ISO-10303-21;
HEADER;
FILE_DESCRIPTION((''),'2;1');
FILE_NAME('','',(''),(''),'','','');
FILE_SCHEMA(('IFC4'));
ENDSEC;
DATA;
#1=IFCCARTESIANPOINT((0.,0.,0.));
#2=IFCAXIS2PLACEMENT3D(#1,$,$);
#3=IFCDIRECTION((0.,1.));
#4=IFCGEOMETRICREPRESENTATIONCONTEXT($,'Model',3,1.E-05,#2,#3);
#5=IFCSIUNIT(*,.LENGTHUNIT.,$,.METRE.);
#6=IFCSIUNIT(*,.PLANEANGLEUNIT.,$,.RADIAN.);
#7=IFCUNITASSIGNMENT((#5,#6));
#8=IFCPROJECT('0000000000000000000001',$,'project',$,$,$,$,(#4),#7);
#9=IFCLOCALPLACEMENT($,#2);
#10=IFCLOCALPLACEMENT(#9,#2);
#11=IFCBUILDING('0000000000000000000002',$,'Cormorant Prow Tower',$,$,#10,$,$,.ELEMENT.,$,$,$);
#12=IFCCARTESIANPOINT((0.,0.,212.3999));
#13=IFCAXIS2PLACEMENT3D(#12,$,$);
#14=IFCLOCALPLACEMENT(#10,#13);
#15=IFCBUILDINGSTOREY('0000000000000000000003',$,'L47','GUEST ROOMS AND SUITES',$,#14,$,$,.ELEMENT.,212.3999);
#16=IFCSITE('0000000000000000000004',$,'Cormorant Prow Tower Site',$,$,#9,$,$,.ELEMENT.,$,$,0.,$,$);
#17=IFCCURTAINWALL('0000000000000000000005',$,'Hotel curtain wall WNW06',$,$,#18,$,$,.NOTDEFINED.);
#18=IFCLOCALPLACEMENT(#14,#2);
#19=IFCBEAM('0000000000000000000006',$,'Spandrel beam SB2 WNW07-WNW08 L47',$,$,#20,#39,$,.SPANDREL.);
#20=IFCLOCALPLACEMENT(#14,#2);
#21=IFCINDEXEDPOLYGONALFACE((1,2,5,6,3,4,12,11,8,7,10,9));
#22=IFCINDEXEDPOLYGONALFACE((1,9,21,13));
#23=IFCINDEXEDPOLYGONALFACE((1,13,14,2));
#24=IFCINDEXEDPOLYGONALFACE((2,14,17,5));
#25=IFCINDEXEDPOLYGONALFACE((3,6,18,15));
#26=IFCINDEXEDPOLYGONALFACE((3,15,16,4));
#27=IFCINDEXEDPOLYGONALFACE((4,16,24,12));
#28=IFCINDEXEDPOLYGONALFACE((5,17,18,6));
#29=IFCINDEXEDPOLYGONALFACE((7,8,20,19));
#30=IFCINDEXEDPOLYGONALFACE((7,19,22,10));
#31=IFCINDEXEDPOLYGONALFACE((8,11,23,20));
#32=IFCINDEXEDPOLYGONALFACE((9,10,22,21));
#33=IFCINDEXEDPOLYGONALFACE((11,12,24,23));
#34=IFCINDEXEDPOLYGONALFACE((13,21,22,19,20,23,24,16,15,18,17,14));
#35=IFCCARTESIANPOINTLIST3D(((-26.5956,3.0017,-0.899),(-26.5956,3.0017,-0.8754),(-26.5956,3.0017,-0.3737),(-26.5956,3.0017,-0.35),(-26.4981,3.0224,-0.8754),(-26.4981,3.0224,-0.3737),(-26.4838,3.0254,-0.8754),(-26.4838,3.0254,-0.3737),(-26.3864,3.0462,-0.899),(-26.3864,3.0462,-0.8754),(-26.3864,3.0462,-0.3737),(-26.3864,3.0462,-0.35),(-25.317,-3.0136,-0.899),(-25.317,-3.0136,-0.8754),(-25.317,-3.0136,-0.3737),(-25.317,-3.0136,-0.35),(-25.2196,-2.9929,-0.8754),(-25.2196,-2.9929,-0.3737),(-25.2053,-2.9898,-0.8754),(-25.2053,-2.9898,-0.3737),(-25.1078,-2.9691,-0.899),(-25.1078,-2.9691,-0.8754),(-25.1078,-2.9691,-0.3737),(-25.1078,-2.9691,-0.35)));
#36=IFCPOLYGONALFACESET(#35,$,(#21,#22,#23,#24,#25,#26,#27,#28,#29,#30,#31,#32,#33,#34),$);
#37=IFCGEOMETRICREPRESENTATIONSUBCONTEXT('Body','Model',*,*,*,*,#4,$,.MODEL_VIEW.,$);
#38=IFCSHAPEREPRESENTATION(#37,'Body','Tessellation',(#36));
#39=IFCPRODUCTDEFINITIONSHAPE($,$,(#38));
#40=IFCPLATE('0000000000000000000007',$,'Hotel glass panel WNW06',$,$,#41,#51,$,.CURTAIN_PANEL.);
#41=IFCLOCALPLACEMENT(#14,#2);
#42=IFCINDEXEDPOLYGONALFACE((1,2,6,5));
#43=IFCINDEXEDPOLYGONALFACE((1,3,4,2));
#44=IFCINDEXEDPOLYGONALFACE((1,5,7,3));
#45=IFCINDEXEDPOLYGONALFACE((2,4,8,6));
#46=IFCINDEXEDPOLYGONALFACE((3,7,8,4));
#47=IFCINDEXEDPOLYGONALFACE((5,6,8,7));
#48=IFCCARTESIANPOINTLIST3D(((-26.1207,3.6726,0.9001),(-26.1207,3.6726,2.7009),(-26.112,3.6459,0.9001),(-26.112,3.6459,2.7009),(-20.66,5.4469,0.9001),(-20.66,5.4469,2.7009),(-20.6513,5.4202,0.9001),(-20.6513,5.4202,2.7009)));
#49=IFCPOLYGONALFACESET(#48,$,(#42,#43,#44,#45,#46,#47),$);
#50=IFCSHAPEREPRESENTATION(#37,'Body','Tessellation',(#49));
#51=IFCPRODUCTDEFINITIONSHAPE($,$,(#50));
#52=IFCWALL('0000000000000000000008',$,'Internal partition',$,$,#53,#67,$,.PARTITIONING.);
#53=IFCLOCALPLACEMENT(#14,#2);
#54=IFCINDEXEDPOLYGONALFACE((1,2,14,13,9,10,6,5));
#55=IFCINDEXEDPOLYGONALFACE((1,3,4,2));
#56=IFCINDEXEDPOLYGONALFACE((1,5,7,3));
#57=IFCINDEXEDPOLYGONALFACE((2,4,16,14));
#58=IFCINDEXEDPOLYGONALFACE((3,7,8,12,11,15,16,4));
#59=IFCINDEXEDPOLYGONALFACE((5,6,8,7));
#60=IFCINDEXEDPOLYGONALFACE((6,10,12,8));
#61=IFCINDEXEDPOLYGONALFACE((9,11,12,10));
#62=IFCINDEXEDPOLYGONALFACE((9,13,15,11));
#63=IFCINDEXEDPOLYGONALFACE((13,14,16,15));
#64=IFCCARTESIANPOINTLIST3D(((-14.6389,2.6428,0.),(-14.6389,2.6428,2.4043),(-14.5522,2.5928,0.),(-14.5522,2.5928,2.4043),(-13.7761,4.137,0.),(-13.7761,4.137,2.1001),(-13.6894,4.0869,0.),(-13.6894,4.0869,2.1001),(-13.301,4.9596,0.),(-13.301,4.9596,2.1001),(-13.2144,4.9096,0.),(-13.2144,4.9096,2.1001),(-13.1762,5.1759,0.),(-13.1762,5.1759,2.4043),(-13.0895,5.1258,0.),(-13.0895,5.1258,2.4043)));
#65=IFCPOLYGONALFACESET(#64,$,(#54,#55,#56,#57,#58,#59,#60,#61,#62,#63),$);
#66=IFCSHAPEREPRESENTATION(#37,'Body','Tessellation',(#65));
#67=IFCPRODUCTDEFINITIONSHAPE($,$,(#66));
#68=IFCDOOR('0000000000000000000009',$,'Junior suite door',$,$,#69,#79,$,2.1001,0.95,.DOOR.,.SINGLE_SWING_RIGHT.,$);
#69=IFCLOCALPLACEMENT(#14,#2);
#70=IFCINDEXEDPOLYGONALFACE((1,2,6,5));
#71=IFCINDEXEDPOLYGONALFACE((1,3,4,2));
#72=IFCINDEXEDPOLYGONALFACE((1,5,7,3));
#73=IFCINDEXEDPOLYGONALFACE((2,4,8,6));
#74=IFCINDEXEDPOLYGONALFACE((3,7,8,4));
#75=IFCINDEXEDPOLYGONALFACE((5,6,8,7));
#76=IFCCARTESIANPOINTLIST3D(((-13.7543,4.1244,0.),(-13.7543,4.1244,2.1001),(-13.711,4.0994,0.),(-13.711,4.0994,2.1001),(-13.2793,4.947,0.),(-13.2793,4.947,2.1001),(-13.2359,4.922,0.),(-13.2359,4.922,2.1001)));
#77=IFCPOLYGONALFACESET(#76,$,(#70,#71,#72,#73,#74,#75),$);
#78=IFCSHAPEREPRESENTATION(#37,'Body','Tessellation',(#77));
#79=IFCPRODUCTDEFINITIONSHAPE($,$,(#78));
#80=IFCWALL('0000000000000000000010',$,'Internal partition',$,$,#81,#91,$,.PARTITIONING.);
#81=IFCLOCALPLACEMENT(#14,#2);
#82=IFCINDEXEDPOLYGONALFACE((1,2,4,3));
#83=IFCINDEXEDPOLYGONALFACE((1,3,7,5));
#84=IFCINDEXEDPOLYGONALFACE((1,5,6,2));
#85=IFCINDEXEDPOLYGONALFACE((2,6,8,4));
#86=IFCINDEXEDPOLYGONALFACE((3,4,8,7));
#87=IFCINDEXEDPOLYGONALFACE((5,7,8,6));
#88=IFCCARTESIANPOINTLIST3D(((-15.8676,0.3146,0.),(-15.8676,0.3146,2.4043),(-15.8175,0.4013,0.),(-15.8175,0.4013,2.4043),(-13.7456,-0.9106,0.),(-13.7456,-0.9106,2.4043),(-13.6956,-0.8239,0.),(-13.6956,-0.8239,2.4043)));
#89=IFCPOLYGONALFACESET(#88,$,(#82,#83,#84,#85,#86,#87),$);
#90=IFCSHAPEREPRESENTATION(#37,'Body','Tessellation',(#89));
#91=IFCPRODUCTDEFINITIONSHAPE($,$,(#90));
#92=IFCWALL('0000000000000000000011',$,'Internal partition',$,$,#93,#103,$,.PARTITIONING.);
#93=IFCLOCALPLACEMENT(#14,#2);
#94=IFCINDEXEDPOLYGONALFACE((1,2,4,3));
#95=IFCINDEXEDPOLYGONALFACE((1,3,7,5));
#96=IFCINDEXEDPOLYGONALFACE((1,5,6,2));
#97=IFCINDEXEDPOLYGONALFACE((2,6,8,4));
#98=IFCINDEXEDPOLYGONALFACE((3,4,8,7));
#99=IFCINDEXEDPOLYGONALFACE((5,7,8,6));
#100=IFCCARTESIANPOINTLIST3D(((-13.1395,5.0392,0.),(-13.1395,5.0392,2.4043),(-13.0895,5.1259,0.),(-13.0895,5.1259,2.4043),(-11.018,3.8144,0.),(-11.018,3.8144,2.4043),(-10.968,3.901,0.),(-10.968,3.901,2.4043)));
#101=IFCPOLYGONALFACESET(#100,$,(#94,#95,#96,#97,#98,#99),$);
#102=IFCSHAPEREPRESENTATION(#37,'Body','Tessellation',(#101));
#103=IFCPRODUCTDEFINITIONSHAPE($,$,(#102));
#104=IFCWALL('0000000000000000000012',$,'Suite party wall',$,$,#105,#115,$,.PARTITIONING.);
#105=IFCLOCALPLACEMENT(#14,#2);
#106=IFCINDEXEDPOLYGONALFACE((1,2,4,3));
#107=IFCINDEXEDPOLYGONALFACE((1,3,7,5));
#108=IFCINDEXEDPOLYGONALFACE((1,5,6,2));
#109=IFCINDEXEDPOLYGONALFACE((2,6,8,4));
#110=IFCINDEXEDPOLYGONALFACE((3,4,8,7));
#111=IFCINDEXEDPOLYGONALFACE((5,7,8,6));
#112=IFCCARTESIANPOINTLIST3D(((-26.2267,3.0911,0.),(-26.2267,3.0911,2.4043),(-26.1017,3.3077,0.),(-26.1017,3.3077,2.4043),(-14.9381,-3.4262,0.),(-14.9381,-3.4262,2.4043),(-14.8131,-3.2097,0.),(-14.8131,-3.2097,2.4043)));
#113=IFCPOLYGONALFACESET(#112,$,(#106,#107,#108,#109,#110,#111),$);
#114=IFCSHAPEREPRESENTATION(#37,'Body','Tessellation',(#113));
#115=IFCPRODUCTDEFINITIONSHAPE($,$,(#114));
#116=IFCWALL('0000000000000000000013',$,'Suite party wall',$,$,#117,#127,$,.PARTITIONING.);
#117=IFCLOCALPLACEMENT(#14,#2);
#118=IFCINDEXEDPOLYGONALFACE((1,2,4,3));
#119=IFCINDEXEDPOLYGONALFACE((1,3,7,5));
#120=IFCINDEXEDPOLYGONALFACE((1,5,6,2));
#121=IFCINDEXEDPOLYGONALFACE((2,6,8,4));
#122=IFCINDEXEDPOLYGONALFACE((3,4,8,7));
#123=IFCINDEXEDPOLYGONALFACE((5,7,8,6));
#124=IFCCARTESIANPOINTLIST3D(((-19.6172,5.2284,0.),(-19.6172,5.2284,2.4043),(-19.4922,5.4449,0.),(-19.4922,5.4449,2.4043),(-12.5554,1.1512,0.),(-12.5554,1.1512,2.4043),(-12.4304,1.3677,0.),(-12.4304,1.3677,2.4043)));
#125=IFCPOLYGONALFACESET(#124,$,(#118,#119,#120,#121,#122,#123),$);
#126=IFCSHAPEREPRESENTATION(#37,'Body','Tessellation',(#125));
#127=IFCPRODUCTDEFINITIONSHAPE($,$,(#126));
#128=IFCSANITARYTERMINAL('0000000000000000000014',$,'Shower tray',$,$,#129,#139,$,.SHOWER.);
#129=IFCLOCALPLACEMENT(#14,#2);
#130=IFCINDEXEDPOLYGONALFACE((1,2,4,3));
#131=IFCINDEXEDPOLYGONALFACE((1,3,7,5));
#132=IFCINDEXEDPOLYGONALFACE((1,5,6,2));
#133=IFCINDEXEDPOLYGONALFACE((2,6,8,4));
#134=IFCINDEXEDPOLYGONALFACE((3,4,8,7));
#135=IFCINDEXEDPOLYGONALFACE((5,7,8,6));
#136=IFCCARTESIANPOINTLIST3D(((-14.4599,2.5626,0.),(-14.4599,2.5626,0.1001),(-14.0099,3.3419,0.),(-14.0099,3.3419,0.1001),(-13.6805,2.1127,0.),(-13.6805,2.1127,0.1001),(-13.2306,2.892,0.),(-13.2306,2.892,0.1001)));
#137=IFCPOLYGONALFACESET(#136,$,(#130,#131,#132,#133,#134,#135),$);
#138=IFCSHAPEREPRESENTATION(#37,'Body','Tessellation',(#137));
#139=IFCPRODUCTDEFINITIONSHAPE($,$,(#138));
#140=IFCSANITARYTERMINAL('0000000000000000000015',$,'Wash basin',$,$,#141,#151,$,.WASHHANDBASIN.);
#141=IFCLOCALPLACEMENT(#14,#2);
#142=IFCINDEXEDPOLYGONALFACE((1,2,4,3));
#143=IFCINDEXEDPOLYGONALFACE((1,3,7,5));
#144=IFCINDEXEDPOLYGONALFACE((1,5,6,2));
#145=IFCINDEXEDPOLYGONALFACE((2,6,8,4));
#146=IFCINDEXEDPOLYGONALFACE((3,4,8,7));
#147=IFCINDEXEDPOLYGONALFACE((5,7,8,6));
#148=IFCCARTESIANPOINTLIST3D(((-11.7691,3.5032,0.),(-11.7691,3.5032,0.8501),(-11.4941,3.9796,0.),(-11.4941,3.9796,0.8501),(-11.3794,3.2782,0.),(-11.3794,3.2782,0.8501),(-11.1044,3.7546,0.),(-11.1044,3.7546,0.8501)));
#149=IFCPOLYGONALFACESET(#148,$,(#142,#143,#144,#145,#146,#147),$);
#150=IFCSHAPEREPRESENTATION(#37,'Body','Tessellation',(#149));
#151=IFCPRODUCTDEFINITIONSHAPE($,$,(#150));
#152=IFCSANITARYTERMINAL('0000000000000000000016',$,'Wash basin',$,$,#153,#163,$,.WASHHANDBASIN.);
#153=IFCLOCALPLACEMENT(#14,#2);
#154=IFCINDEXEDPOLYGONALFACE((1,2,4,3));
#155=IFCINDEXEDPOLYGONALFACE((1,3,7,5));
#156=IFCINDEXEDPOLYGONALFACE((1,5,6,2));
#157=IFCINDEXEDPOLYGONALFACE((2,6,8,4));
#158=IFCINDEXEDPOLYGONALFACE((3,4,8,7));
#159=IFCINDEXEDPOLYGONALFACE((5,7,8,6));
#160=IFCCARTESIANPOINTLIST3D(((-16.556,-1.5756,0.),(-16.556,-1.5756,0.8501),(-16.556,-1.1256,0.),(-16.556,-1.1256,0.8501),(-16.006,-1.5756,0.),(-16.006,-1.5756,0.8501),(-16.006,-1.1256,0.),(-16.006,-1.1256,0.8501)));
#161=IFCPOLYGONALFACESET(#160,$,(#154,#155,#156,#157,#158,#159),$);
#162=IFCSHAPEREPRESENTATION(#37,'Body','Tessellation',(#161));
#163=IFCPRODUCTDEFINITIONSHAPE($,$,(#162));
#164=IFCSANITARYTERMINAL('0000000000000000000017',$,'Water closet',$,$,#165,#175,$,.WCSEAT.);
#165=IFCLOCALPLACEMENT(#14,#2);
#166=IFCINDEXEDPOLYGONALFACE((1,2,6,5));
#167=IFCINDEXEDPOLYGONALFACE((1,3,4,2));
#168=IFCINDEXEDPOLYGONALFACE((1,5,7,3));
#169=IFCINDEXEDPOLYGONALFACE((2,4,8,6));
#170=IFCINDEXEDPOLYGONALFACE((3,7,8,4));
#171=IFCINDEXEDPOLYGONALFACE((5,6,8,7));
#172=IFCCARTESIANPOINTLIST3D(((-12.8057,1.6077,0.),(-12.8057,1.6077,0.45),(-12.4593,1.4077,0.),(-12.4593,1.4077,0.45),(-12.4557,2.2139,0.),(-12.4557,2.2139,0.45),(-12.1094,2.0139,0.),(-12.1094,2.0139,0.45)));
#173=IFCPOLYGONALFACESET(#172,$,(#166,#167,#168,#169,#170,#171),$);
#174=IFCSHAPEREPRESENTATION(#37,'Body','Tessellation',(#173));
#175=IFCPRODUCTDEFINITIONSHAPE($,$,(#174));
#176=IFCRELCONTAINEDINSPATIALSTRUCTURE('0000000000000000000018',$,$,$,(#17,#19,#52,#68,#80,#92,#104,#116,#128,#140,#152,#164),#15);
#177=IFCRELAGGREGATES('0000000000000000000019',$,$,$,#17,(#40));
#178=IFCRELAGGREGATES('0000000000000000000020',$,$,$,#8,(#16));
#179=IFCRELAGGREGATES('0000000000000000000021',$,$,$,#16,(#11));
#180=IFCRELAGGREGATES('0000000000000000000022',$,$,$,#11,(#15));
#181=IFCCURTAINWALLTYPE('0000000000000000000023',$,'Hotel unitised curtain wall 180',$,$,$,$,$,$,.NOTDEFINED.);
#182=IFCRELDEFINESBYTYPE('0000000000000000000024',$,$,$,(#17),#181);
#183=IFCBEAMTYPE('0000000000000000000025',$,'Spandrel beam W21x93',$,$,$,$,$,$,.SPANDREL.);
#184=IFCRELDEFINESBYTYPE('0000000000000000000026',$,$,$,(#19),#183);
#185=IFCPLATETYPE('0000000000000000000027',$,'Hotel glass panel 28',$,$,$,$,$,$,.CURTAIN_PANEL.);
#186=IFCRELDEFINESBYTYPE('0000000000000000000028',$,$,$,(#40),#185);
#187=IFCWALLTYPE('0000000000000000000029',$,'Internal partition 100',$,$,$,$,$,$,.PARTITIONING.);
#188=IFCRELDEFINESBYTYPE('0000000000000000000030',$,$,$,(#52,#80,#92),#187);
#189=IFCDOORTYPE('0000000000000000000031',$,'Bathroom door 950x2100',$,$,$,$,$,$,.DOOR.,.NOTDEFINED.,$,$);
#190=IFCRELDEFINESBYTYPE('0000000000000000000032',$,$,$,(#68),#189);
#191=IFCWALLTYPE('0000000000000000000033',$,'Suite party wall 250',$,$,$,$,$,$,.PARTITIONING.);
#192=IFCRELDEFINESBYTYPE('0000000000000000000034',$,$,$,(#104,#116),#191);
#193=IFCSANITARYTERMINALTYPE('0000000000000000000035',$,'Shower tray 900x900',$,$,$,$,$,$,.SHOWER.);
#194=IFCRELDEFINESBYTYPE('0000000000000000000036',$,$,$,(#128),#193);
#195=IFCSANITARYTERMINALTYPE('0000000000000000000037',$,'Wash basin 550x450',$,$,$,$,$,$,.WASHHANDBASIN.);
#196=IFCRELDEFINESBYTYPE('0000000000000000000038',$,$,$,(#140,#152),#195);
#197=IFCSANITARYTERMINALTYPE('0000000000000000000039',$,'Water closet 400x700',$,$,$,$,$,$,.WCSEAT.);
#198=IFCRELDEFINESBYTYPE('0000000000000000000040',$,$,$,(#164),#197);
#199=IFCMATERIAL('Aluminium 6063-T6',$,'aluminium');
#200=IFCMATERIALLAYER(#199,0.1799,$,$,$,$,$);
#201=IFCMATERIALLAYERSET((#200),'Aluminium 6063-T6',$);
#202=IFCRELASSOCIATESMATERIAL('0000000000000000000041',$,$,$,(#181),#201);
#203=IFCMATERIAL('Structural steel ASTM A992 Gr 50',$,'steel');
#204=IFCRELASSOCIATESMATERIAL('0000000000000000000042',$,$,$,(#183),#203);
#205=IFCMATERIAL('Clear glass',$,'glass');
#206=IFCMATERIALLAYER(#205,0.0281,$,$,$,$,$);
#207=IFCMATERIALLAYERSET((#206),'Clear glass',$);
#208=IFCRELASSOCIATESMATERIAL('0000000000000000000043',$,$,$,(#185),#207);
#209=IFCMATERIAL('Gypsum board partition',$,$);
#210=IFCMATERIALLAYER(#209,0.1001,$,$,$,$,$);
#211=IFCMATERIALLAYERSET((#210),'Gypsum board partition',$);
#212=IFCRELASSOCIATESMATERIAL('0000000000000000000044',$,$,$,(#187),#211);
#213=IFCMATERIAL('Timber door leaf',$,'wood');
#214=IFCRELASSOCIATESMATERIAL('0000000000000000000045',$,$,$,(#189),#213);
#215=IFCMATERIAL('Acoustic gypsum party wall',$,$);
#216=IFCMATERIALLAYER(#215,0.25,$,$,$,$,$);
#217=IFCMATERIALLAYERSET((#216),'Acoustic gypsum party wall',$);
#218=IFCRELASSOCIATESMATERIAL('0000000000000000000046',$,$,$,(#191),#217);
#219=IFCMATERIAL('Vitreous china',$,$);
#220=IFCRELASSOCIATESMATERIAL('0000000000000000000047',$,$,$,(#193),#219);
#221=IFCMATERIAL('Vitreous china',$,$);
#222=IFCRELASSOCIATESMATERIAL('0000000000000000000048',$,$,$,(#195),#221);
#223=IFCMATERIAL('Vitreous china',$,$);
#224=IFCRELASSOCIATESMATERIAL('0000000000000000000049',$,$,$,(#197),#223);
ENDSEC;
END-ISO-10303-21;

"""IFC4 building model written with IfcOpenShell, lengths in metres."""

from ifc_helpers import new_model, si_unit, direction, frame, frame_2d, origin, origin_2d, place, context, subcontext, project, spatial, rectangle, i_section, extrude, material, layer, layer_set, material_profile, profile_set, type_object, element, fill, aggregate, save


model = new_model("IFC4")

# Units and contexts
model_context = context("Model", 3, precision=1e-05, world=origin(), true_north=direction((0.0, 1.0)))
body_context = subcontext(model_context, "Body", "Model", "MODEL_VIEW")
ifc_project = project(units=[si_unit("LENGTHUNIT", "METRE"), si_unit("PLANEANGLEUNIT", "RADIAN")], contexts=[model_context])

# Site, building, storey
site_placement = place(None, origin())
site = spatial("IfcSite", under=ifc_project, at=site_placement, Name="Cormorant Prow Tower Site", CompositionType="ELEMENT", RefElevation=0.0)
building_placement = place(site_placement, origin())
building = spatial("IfcBuilding", under=site, at=building_placement, Name="Cormorant Prow Tower", CompositionType="ELEMENT")
storey_placement = place(building_placement, frame((0.0, 0.0, 212.3999)))
storey = spatial("IfcBuildingStorey", under=building, at=storey_placement, Name="L47", Description="GUEST ROOMS AND SUITES", CompositionType="ELEMENT", Elevation=212.3999)

# Curtain wall
ifc_material_1 = material(Name="Aluminium 6063-T6", Category="aluminium")
ifc_layer_1 = layer(ifc_material_1, 0.1799)
ifc_layer_set_1 = layer_set([ifc_layer_1], Name="Aluminium 6063-T6")
curtain_wall_type = type_object("IfcCurtainWallType", Name="Hotel unitised curtain wall 180", PredefinedType="NOTDEFINED", material=ifc_layer_set_1)
curtain_wall_placement = place(storey_placement, origin())
curtain_wall = element("IfcCurtainWall", 1, at=curtain_wall_placement, inside=storey, type_object=curtain_wall_type, Name="Hotel curtain wall WNW06", PredefinedType="NOTDEFINED")

# Beam
ifc_material_2 = material(Name="Structural steel ASTM A992 Gr 50", Category="steel")
ifc_material_profile_1 = material_profile(ifc_material_2, i_section(OverallWidth=0.2139, OverallDepth=0.5491, WebThickness=0.0146, FlangeThickness=0.0237, at=origin_2d()), Name="W21x93")
ifc_profile_set_1 = profile_set([ifc_material_profile_1], Name="Structural steel ASTM A992 Gr 50")
beam_type_1 = type_object("IfcBeamType", Name="Spandrel beam W21x93", PredefinedType="SPANDREL", material=ifc_profile_set_1)
beam_1_placement = place(storey_placement, frame((-26.491, 3.0239, -0.6245), z_axis=(0.207905, -0.978149, 0.0), x_axis=(0.978149, 0.207905, 0.0)))
element("IfcBeam", 2, at=beam_1_placement, inside=storey, type_object=beam_type_1, Name="Spandrel beam SB2 WNW07-WNW08 L47", PredefinedType="SPANDREL", context=body_context, shape_type="SweptSolid", body=[
    extrude(i_section(OverallWidth=0.2139, OverallDepth=0.5491, WebThickness=0.0146, FlangeThickness=0.0237, at=origin_2d()), origin(), (0.0, 0.0, 1.0), 6.1497),
])

# Plate
ifc_material_3 = material(Name="Clear glass", Category="glass")
ifc_layer_2 = layer(ifc_material_3, 0.0281)
ifc_layer_set_2 = layer_set([ifc_layer_2], Name="Clear glass")
plate_type = type_object("IfcPlateType", Name="Hotel glass panel 28", PredefinedType="CURTAIN_PANEL", material=ifc_layer_set_2)
plate_placement = place(storey_placement, frame((-23.386, 4.5464, 0.9001), z_axis=(0.0, 0.0, 1.0), x_axis=(-0.951057, -0.309017, 0.0)))
plate = element("IfcPlate", 3, at=plate_placement, type_object=plate_type, Name="Hotel glass panel WNW06", PredefinedType="CURTAIN_PANEL", context=body_context, shape_type="SweptSolid", body=[
    extrude(rectangle(XDim=5.7417, YDim=0.0281, at=origin_2d()), origin(), (0.0, 0.0, 1.0), 1.8008),
])
aggregate(curtain_wall, [plate])

# Wall, opening, door
ifc_material_4 = material(Name="Gypsum board partition")
ifc_layer_3 = layer(ifc_material_4, 0.1001)
ifc_layer_set_3 = layer_set([ifc_layer_3], Name="Gypsum board partition")
wall_type_1 = type_object("IfcWallType", Name="Internal partition 100", PredefinedType="PARTITIONING", material=ifc_layer_set_3)
wall_1_placement = place(storey_placement, frame((-14.5955, 2.6179, 0.0), z_axis=(0.0, 0.0, 1.0), x_axis=(0.500062, 0.86599, 0.0)))
wall_1 = element("IfcWall", 4, at=wall_1_placement, inside=storey, type_object=wall_type_1, Name="Internal partition", PredefinedType="PARTITIONING", context=body_context, shape_type="SweptSolid", body=[
    extrude(rectangle(XDim=2.925, YDim=0.1001, at=frame_2d((1.4624, 0.0))), origin(), (0.0, 0.0, 1.0), 2.4043),
])
opening_1_placement = place(wall_1_placement, frame((1.7251, 0.0, 0.0)))
opening_1 = element("IfcOpeningElement", 5, at=opening_1_placement, cuts=wall_1, PredefinedType="OPENING", context=body_context, shape_type="SweptSolid", body=[
    extrude(rectangle(XDim=0.95, YDim=2.1001, at=frame_2d((0.4751, 1.05))), frame((0.0, 0.0601, 0.0), z_axis=(0.0, -1.0, 0.0), x_axis=(1.0, 0.0, 0.0)), (0.0, 0.0, 1.0), 0.1201),
])
ifc_material_5 = material(Name="Timber door leaf", Category="wood")
door_type_1 = type_object("IfcDoorType", Name="Bathroom door 950x2100", OperationType="NOTDEFINED", PredefinedType="DOOR", material=ifc_material_5)
door_1_placement = place(opening_1_placement, origin())
door_1 = element("IfcDoor", 6, at=door_1_placement, inside=storey, type_object=door_type_1, Name="Junior suite door", OperationType="SINGLE_SWING_RIGHT", OverallHeight=2.1001, OverallWidth=0.95, PredefinedType="DOOR", context=body_context, shape_type="SweptSolid", body=[
    extrude(rectangle(XDim=0.95, YDim=2.1001, at=frame_2d((0.4751, 1.05))), frame((0.0, 0.0249, 0.0), z_axis=(0.0, -1.0, 0.0), x_axis=(1.0, 0.0, 0.0)), (0.0, 0.0, 1.0), 0.05),
])
fill(opening_1, door_1)

# Walls
wall_2_placement = place(storey_placement, frame((-15.8425, 0.3579, 0.0), z_axis=(0.0, 0.0, 1.0), x_axis=(0.866015, -0.500019, 0.0)))
element("IfcWall", 7, at=wall_2_placement, inside=storey, type_object=wall_type_1, Name="Internal partition", PredefinedType="PARTITIONING", context=body_context, shape_type="SweptSolid", body=[
    extrude(rectangle(XDim=2.4502, YDim=0.1001, at=frame_2d((1.2251, 0.0))), origin(), (0.0, 0.0, 1.0), 2.4043),
])
wall_3_placement = place(storey_placement, frame((-13.1145, 5.0825, 0.0), z_axis=(0.0, 0.0, 1.0), x_axis=(0.866033, -0.499987, 0.0)))
element("IfcWall", 8, at=wall_3_placement, inside=storey, type_object=wall_type_1, Name="Internal partition", PredefinedType="PARTITIONING", context=body_context, shape_type="SweptSolid", body=[
    extrude(rectangle(XDim=2.4497, YDim=0.1001, at=frame_2d((1.2249, 0.0))), origin(), (0.0, 0.0, 1.0), 2.4043),
])
ifc_material_6 = material(Name="Acoustic gypsum party wall")
ifc_layer_4 = layer(ifc_material_6, 0.25)
ifc_layer_set_4 = layer_set([ifc_layer_4], Name="Acoustic gypsum party wall")
wall_type_2 = type_object("IfcWallType", Name="Suite party wall 250", PredefinedType="PARTITIONING", material=ifc_layer_set_4)
wall_4_placement = place(storey_placement, frame((-26.1643, 3.1995, 0.0), z_axis=(0.0, 0.0, 1.0), x_axis=(0.86603, -0.499993, 0.0)))
element("IfcWall", 9, at=wall_4_placement, inside=storey, type_object=wall_type_2, Name="Suite party wall", PredefinedType="PARTITIONING", context=body_context, shape_type="SweptSolid", body=[
    extrude(rectangle(XDim=13.0349, YDim=0.25, at=frame_2d((6.5176, 0.0))), origin(), (0.0, 0.0, 1.0), 2.4043),
])
wall_5_placement = place(storey_placement, frame((-19.5547, 5.3367, 0.0), z_axis=(0.0, 0.0, 1.0), x_axis=(0.866024, -0.500003, 0.0)))
element("IfcWall", 10, at=wall_5_placement, inside=storey, type_object=wall_type_2, Name="Suite party wall", PredefinedType="PARTITIONING", context=body_context, shape_type="SweptSolid", body=[
    extrude(rectangle(XDim=8.1543, YDim=0.25, at=frame_2d((4.0771, 0.0))), origin(), (0.0, 0.0, 1.0), 2.4043),
])

# Sanitary terminals
ifc_material_7 = material(Name="Vitreous china")
sanitary_terminal_type_1 = type_object("IfcSanitaryTerminalType", Name="Shower tray 900x900", PredefinedType="SHOWER", material=ifc_material_7)
sanitary_terminal_1_placement = place(storey_placement, frame((-13.8452, 2.7273, 0.0), z_axis=(0.0, 0.0, 1.0), x_axis=(0.5, 0.866025, 0.0)))
element("IfcSanitaryTerminal", 11, at=sanitary_terminal_1_placement, inside=storey, type_object=sanitary_terminal_type_1, Name="Shower tray", PredefinedType="SHOWER", context=body_context, shape_type="SweptSolid", body=[
    extrude(rectangle(XDim=0.8999, YDim=0.8999, at=origin_2d()), origin(), (0.0, 0.0, 1.0), 0.1001),
])
ifc_material_8 = material(Name="Vitreous china")
sanitary_terminal_type_2 = type_object("IfcSanitaryTerminalType", Name="Wash basin 550x450", PredefinedType="WASHHANDBASIN", material=ifc_material_8)
for number, where, z_axis, x_axis, name in (
    (12, (-11.4368, 3.6289, 0.0), (0.0, 0.0, 1.0), (-0.5, -0.866025, 0.0), "Wash basin"),
    (13, (-16.281, -1.3506, 0.0), (0.0, 0.0, 1.0), (1.0, 0.0, 0.0), "Wash basin"),
):
    element("IfcSanitaryTerminal", number, at=place(storey_placement, frame(where, z_axis=z_axis, x_axis=x_axis)), inside=storey, type_object=sanitary_terminal_type_2, Name=name, PredefinedType="WASHHANDBASIN", context=body_context, shape_type="SweptSolid", body=[
        extrude(rectangle(XDim=0.55, YDim=0.45, at=origin_2d()), origin(), (0.0, 0.0, 1.0), 0.8501),
    ])
ifc_material_9 = material(Name="Vitreous china")
sanitary_terminal_type_3 = type_object("IfcSanitaryTerminalType", Name="Water closet 400x700", PredefinedType="WCSEAT", material=ifc_material_9)
sanitary_terminal_2_placement = place(storey_placement, frame((-12.4575, 1.8108, 0.0), z_axis=(0.0, 0.0, 1.0), x_axis=(-0.866025, 0.5, 0.0)))
element("IfcSanitaryTerminal", 14, at=sanitary_terminal_2_placement, inside=storey, type_object=sanitary_terminal_type_3, Name="Water closet", PredefinedType="WCSEAT", context=body_context, shape_type="SweptSolid", body=[
    extrude(rectangle(XDim=0.3999, YDim=0.7, at=origin_2d()), origin(), (0.0, 0.0, 1.0), 0.45),
])

save(model, "model.ifc")
